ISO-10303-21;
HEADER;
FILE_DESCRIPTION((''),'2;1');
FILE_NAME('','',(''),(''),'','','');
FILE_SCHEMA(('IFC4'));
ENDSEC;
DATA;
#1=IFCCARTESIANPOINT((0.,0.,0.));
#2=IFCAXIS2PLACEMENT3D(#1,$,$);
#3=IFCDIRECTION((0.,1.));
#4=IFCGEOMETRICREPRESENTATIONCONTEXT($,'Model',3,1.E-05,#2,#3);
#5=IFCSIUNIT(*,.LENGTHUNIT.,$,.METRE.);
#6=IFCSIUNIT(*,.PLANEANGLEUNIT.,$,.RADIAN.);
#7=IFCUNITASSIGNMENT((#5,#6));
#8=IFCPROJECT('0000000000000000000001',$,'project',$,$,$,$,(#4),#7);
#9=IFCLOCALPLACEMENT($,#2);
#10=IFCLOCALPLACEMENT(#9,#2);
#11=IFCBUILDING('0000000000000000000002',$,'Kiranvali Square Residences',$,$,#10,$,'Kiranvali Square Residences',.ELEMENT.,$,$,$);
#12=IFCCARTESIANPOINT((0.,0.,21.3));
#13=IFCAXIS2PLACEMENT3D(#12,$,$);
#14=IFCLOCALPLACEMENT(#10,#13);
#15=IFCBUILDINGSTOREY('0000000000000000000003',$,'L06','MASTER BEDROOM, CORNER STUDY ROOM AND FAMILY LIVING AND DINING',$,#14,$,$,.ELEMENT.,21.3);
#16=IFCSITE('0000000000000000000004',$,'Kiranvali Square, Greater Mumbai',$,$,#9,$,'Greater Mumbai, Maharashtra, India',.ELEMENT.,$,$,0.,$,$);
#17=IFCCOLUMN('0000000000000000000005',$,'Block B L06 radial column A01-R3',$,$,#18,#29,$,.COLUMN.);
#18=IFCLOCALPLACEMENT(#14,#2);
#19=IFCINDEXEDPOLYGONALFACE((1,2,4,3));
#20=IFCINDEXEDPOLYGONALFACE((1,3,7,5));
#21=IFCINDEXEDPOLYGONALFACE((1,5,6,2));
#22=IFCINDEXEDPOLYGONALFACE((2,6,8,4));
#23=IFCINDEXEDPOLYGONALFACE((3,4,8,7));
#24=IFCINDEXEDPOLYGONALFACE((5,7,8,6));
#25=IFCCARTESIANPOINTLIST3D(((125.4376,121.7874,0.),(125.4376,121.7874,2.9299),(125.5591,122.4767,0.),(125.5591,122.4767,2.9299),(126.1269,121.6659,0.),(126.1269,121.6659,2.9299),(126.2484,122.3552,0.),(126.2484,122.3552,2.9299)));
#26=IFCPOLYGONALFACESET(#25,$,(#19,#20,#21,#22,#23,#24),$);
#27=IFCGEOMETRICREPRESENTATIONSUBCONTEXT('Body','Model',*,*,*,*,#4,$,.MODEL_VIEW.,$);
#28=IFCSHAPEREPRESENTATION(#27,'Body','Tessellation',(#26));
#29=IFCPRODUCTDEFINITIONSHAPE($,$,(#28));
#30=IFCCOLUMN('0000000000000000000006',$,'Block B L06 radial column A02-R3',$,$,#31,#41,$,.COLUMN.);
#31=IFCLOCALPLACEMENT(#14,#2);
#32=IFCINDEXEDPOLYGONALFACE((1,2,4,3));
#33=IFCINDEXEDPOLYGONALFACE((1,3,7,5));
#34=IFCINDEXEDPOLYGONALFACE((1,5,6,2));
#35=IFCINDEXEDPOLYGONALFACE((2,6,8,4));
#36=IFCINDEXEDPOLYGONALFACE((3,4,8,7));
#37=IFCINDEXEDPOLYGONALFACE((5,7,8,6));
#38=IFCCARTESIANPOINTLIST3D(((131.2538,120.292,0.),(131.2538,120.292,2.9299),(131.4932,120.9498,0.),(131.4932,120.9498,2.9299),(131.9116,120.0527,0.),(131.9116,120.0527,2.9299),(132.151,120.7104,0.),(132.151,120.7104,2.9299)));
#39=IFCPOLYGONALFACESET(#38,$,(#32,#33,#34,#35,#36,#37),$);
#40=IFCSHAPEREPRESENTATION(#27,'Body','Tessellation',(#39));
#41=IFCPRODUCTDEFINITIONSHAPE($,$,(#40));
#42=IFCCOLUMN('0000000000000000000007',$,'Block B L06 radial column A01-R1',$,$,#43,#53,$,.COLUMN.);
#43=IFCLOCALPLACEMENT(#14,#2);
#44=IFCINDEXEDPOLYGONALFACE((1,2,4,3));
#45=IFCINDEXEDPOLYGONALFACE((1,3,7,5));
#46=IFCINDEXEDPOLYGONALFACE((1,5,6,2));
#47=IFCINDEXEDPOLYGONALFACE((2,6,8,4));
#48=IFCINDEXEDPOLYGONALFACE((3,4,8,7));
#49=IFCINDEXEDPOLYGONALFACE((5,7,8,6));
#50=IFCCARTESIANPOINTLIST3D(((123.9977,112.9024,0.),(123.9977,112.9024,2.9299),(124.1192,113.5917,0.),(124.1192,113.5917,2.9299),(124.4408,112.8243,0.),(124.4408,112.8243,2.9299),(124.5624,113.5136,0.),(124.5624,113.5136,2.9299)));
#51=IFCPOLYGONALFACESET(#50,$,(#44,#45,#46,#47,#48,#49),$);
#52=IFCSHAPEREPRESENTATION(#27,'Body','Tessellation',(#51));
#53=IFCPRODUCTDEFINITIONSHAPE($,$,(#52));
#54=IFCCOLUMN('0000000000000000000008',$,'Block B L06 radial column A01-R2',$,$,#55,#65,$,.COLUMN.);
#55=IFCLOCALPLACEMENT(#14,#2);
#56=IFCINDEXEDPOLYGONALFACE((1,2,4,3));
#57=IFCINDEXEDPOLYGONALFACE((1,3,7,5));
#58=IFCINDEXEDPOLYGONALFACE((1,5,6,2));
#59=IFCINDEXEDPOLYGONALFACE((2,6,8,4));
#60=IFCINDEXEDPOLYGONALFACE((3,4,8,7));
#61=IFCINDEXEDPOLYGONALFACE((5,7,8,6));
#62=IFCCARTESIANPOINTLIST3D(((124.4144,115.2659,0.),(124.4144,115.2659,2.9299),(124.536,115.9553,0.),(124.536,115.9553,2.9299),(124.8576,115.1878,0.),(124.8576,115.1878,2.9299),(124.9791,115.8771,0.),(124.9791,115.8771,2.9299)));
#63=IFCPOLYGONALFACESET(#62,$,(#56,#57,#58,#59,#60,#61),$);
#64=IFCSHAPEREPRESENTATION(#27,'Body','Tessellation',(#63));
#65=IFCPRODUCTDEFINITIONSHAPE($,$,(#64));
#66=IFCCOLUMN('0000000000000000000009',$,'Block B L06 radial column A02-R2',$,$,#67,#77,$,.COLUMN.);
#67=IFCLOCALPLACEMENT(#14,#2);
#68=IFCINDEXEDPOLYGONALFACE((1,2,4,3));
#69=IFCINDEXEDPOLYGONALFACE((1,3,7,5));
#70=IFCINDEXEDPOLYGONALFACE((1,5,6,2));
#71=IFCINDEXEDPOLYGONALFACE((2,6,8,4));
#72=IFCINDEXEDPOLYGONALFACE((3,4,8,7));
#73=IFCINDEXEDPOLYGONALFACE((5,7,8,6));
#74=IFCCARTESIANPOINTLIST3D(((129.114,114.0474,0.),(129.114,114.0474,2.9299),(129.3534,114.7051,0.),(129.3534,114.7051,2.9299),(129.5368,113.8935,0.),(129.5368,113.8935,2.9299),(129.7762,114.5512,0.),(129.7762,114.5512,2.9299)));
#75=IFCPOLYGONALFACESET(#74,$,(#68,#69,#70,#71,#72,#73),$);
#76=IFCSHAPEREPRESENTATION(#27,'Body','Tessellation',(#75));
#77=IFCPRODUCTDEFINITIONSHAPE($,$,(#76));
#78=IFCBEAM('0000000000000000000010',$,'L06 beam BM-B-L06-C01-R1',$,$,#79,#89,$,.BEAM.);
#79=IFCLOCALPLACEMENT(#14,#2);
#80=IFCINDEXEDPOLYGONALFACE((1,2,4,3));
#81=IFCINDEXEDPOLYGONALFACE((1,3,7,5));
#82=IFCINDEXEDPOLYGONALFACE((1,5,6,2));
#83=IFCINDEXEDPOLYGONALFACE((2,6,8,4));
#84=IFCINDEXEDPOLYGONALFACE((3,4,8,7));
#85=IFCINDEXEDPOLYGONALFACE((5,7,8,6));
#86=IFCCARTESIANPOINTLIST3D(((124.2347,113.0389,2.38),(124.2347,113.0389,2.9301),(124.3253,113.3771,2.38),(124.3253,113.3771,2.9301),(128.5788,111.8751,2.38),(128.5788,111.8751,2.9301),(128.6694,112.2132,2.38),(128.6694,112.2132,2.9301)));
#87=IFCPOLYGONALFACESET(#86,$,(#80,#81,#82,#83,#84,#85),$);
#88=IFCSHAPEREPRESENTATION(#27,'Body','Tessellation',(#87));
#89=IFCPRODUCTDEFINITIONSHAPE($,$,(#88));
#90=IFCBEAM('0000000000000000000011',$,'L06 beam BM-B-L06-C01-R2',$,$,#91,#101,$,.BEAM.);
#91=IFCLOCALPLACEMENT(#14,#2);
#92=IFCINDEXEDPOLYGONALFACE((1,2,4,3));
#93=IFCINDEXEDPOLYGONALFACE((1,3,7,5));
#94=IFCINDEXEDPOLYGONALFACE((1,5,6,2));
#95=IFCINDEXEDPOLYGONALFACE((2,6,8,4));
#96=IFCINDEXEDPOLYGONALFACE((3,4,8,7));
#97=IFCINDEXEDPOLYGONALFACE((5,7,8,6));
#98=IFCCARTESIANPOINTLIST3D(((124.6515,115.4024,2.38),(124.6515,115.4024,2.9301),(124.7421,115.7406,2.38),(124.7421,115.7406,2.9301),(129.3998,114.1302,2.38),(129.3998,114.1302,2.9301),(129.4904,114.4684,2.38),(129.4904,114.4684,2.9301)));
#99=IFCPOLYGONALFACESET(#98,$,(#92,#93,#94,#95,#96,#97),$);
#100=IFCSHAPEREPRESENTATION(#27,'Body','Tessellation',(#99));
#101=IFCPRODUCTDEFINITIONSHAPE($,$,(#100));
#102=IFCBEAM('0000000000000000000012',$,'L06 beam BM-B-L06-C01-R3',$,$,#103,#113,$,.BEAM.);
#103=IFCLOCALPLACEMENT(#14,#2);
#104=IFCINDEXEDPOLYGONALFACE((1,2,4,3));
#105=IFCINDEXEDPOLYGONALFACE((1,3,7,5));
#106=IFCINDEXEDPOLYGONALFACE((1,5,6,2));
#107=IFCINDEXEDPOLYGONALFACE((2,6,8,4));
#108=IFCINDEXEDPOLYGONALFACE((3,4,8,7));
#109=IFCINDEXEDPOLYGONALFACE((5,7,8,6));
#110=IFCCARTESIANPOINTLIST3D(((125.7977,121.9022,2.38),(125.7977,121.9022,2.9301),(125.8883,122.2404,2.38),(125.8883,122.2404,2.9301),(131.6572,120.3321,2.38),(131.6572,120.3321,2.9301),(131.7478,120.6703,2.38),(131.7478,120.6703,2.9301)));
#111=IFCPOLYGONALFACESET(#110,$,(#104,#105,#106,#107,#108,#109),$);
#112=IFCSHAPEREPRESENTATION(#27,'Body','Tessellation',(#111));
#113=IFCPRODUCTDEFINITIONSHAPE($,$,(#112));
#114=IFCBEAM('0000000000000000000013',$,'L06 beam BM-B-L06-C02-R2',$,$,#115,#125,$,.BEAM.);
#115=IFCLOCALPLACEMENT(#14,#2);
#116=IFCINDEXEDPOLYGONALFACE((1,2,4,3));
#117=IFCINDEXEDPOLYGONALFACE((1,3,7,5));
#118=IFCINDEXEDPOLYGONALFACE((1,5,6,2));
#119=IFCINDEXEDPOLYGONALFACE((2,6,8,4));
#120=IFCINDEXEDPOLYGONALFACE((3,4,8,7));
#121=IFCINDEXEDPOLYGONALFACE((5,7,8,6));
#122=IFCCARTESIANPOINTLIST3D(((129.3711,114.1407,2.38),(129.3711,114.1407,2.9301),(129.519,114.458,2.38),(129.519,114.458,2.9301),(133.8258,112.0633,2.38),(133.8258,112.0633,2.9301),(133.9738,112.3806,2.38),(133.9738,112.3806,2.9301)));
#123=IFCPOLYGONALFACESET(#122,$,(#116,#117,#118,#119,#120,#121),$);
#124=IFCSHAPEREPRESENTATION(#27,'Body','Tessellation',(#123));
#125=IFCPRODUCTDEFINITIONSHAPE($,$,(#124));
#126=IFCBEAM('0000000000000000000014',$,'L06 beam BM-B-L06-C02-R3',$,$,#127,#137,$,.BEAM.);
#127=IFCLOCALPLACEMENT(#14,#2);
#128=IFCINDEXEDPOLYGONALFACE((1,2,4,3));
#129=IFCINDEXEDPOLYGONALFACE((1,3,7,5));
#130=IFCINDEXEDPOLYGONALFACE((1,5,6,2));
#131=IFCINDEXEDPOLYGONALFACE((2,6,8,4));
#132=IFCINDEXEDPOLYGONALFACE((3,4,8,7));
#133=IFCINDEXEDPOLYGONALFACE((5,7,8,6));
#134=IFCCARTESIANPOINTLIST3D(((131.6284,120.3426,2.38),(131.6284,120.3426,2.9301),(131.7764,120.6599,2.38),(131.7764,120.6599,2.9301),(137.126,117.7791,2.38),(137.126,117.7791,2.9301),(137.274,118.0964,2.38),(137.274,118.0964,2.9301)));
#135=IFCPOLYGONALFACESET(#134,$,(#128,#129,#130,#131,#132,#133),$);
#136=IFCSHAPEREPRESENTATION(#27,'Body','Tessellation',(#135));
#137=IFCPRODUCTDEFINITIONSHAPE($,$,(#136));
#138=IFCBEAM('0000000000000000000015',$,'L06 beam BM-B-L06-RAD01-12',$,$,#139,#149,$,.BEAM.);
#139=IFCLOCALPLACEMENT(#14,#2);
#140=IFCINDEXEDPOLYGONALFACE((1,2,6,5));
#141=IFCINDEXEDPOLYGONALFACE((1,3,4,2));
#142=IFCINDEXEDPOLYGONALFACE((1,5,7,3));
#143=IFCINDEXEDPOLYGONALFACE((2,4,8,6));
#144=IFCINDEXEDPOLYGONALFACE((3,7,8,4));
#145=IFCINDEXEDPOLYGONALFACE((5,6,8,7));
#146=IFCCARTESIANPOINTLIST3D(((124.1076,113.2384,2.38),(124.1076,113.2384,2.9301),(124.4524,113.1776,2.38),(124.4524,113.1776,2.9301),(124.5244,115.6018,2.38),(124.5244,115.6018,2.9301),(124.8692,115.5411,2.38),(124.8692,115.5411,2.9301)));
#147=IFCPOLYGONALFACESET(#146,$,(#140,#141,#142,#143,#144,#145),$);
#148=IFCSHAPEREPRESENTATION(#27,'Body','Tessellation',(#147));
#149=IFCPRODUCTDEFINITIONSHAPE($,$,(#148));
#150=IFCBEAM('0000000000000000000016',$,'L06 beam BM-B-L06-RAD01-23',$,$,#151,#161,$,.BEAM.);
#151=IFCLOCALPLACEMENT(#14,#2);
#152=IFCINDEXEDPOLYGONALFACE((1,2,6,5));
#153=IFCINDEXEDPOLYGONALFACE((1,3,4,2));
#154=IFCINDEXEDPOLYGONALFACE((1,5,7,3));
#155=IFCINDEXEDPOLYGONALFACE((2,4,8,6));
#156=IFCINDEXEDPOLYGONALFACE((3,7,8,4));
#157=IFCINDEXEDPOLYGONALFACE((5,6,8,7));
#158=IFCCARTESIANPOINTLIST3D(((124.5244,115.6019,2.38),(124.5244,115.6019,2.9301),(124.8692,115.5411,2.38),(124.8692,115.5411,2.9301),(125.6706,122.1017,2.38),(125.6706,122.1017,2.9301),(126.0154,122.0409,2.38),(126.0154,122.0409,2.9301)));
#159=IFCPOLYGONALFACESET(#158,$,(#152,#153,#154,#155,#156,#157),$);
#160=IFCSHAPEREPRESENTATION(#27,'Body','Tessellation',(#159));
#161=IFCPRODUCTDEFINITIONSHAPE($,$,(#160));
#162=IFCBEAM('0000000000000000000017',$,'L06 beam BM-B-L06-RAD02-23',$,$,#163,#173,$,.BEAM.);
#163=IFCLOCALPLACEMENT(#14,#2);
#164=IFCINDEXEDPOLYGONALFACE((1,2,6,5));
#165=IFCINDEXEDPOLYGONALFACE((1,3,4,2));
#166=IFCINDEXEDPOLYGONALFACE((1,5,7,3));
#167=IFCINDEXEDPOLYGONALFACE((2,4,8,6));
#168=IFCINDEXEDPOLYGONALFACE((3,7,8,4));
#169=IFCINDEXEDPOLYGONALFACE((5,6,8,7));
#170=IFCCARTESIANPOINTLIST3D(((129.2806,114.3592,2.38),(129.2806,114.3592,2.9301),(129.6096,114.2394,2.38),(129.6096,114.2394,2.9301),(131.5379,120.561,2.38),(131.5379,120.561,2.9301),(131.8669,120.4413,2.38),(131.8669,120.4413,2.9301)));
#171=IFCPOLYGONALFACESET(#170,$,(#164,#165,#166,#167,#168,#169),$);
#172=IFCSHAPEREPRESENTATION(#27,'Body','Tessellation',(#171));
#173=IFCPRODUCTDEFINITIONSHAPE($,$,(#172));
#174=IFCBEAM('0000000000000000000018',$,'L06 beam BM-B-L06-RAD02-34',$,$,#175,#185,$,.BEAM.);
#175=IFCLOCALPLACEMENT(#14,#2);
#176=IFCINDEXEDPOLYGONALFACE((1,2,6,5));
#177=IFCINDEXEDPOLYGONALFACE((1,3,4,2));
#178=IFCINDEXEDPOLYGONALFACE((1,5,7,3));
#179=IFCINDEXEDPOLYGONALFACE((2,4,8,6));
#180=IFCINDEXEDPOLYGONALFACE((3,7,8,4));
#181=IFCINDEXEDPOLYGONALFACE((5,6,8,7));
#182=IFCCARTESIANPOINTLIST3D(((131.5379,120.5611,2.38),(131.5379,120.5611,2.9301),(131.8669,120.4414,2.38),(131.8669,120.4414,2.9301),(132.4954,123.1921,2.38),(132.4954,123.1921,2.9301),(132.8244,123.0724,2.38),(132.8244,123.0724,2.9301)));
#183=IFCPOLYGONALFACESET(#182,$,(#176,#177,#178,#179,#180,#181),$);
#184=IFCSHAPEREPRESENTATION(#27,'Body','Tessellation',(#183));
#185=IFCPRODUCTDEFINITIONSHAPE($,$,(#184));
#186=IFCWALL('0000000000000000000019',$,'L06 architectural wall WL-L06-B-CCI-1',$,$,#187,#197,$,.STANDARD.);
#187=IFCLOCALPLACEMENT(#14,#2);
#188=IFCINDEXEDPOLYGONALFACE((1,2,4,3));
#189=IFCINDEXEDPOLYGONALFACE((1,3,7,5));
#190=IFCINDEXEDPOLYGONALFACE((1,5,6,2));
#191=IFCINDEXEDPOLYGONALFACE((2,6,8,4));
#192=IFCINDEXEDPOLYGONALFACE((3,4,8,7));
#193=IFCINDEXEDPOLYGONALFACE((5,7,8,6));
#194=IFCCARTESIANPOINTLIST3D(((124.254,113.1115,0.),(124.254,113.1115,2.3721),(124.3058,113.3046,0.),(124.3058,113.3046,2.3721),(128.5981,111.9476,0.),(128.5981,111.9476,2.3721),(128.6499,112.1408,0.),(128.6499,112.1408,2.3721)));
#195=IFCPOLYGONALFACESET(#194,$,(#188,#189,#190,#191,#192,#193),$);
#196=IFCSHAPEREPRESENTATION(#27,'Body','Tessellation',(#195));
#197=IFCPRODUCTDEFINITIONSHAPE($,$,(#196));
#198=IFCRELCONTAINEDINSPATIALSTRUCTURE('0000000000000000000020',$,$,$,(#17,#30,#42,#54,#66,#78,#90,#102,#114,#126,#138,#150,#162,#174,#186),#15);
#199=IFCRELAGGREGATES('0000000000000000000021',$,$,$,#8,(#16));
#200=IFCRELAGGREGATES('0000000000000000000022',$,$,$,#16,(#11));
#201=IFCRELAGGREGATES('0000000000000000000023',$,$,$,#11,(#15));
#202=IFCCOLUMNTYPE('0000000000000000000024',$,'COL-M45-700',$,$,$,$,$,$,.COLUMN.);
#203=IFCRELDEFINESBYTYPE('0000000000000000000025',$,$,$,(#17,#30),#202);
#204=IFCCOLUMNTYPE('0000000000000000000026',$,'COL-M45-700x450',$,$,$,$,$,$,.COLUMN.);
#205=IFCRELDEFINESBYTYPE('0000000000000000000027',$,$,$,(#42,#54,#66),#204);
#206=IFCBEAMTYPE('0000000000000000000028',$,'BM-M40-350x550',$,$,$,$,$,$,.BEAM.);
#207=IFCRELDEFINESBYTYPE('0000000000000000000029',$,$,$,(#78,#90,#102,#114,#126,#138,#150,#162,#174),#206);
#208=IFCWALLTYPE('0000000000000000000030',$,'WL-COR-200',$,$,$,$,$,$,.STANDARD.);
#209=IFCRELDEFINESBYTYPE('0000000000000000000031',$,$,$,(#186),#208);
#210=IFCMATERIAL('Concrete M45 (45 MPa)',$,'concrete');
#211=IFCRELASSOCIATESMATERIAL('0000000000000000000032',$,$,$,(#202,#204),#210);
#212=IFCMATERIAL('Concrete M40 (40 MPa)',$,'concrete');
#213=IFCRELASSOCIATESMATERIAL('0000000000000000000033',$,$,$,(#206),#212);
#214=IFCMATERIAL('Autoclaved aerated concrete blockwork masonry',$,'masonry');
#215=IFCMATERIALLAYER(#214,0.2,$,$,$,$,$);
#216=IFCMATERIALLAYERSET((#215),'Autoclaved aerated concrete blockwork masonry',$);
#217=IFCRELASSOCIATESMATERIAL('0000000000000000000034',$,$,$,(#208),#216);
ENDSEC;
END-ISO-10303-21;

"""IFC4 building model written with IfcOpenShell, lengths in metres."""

from ifc_helpers import new_model, si_unit, direction, frame, frame_2d, origin, origin_2d, place, context, subcontext, project, spatial, rectangle, extrude, material, layer, layer_set, material_profile, profile_set, type_object, element, save


model = new_model("IFC4")

# Units and contexts
model_context = context("Model", 3, precision=1e-05, world=origin(), true_north=direction((0.0, 1.0)))
body_context = subcontext(model_context, "Body", "Model", "MODEL_VIEW")
ifc_project = project(units=[si_unit("LENGTHUNIT", "METRE"), si_unit("PLANEANGLEUNIT", "RADIAN")], contexts=[model_context])

# Site, building, storey
site_placement = place(None, origin())
site = spatial("IfcSite", under=ifc_project, at=site_placement, Name="Kiranvali Square, Greater Mumbai", LongName="Greater Mumbai, Maharashtra, India", CompositionType="ELEMENT", RefElevation=0.0)
building_placement = place(site_placement, origin())
building = spatial("IfcBuilding", under=site, at=building_placement, Name="Kiranvali Square Residences", LongName="Kiranvali Square Residences", CompositionType="ELEMENT")
storey_placement = place(building_placement, frame((0.0, 0.0, 21.3)))
storey = spatial("IfcBuildingStorey", under=building, at=storey_placement, Name="L06", Description="MASTER BEDROOM, CORNER STUDY ROOM AND FAMILY LIVING AND DINING", CompositionType="ELEMENT", Elevation=21.3)

# Columns
ifc_material_1 = material(Name="Concrete M45 (45 MPa)", Category="concrete")
ifc_material_profile_1 = material_profile(ifc_material_1, rectangle(XDim=0.7, YDim=0.7, at=origin_2d()), Name="RC 700x700")
ifc_profile_set_1 = profile_set([ifc_material_profile_1], Name="Concrete M45 (45 MPa)")
column_type_1 = type_object("IfcColumnType", Name="COL-M45-700", PredefinedType="COLUMN", material=ifc_profile_set_1)
for number, where, z_axis, x_axis, name in (
    (1, (125.843, 122.0713, 0.0), (0.0, 0.0, 1.0), (-0.984808, 0.173648, 0.0), "Block B L06 radial column A01-R3"),
    (2, (131.7024, 120.5012, 0.0), (0.0, 0.0, 1.0), (-0.939693, 0.34202, 0.0), "Block B L06 radial column A02-R3"),
):
    element("IfcColumn", number, at=place(storey_placement, frame(where, z_axis=z_axis, x_axis=x_axis)), inside=storey, type_object=column_type_1, Name=name, PredefinedType="COLUMN", context=body_context, shape_type="SweptSolid", body=[
        extrude(rectangle(XDim=0.7, YDim=0.7, at=origin_2d()), origin(), (0.0, 0.0, 1.0), 2.9299),
    ])
ifc_material_profile_2 = material_profile(ifc_material_1, rectangle(XDim=0.45, YDim=0.7, at=origin_2d()), Name="RC 700x450")
ifc_profile_set_2 = profile_set([ifc_material_profile_2], Name="Concrete M45 (45 MPa)")
column_type_2 = type_object("IfcColumnType", Name="COL-M45-700x450", PredefinedType="COLUMN", material=ifc_profile_set_2)
for number, where, z_axis, x_axis, name in (
    (3, (124.28, 113.208, 0.0), (0.0, 0.0, 1.0), (-0.984808, 0.173648, 0.0), "Block B L06 radial column A01-R1"),
    (4, (124.6968, 115.5715, 0.0), (0.0, 0.0, 1.0), (-0.984808, 0.173648, 0.0), "Block B L06 radial column A01-R2"),
    (5, (129.4451, 114.2993, 0.0), (0.0, 0.0, 1.0), (-0.939693, 0.34202, 0.0), "Block B L06 radial column A02-R2"),
):
    element("IfcColumn", number, at=place(storey_placement, frame(where, z_axis=z_axis, x_axis=x_axis)), inside=storey, type_object=column_type_2, Name=name, PredefinedType="COLUMN", context=body_context, shape_type="SweptSolid", body=[
        extrude(rectangle(XDim=0.45, YDim=0.7, at=origin_2d()), origin(), (0.0, 0.0, 1.0), 2.9299),
    ])

# Beams
ifc_material_2 = material(Name="Concrete M40 (40 MPa)", Category="concrete")
ifc_material_profile_3 = material_profile(ifc_material_2, rectangle(XDim=0.3501, YDim=0.55, at=origin_2d()), Name="RC 350x550")
ifc_profile_set_3 = profile_set([ifc_material_profile_3], Name="Concrete M40 (40 MPa)")
beam_type = type_object("IfcBeamType", Name="BM-M40-350x550", PredefinedType="BEAM", material=ifc_profile_set_3)
beam_1_placement = place(storey_placement, frame((124.28, 113.208, 2.655), z_axis=(0.965934, -0.258788, 0.0), x_axis=(0.258788, 0.965934, 0.0)))
element("IfcBeam", 6, at=beam_1_placement, inside=storey, type_object=beam_type, Name="L06 beam BM-B-L06-C01-R1", PredefinedType="BEAM", context=body_context, shape_type="SweptSolid", body=[
    extrude(rectangle(XDim=0.3501, YDim=0.55, at=origin_2d()), origin(), (0.0, 0.0, 1.0), 4.4973),
])
beam_2_placement = place(storey_placement, frame((124.6968, 115.5715, 2.655), z_axis=(0.96593, -0.258803, 0.0), x_axis=(0.258803, 0.96593, 0.0)))
element("IfcBeam", 7, at=beam_2_placement, inside=storey, type_object=beam_type, Name="L06 beam BM-B-L06-C01-R2", PredefinedType="BEAM", context=body_context, shape_type="SweptSolid", body=[
    extrude(rectangle(XDim=0.3501, YDim=0.55, at=origin_2d()), origin(), (0.0, 0.0, 1.0), 4.9158),
])
beam_3_placement = place(storey_placement, frame((125.843, 122.0713, 2.655), z_axis=(0.965924, -0.258827, 0.0), x_axis=(0.258827, 0.965924, 0.0)))
element("IfcBeam", 8, at=beam_3_placement, inside=storey, type_object=beam_type, Name="L06 beam BM-B-L06-C01-R3", PredefinedType="BEAM", context=body_context, shape_type="SweptSolid", body=[
    extrude(rectangle(XDim=0.3501, YDim=0.55, at=origin_2d()), origin(), (0.0, 0.0, 1.0), 6.0662),
])
beam_4_placement = place(storey_placement, frame((129.4451, 114.2993, 2.655), z_axis=(0.906302, -0.42263, 0.0), x_axis=(0.42263, 0.906302, 0.0)))
element("IfcBeam", 9, at=beam_4_placement, inside=storey, type_object=beam_type, Name="L06 beam BM-B-L06-C02-R2", PredefinedType="BEAM", context=body_context, shape_type="SweptSolid", body=[
    extrude(rectangle(XDim=0.3501, YDim=0.55, at=origin_2d()), origin(), (0.0, 0.0, 1.0), 4.9153),
])
beam_5_placement = place(storey_placement, frame((131.7024, 120.5012, 2.655), z_axis=(0.906313, -0.422608, 0.0), x_axis=(0.422608, 0.906313, 0.0)))
element("IfcBeam", 10, at=beam_5_placement, inside=storey, type_object=beam_type, Name="L06 beam BM-B-L06-C02-R3", PredefinedType="BEAM", context=body_context, shape_type="SweptSolid", body=[
    extrude(rectangle(XDim=0.3501, YDim=0.55, at=origin_2d()), origin(), (0.0, 0.0, 1.0), 6.0659),
])
beam_6_placement = place(storey_placement, frame((124.28, 113.208, 2.655), z_axis=(0.173646, 0.984808, 0.0), x_axis=(-0.984808, 0.173646, 0.0)))
element("IfcBeam", 11, at=beam_6_placement, inside=storey, type_object=beam_type, Name="L06 beam BM-B-L06-RAD01-12", PredefinedType="BEAM", context=body_context, shape_type="SweptSolid", body=[
    extrude(rectangle(XDim=0.3501, YDim=0.55, at=origin_2d()), origin(), (0.0, 0.0, 1.0), 2.3999),
])
beam_7_placement = place(storey_placement, frame((124.6968, 115.5715, 2.655), z_axis=(0.173671, 0.984804, 0.0), x_axis=(-0.984804, 0.173671, 0.0)))
element("IfcBeam", 12, at=beam_7_placement, inside=storey, type_object=beam_type, Name="L06 beam BM-B-L06-RAD01-23", PredefinedType="BEAM", context=body_context, shape_type="SweptSolid", body=[
    extrude(rectangle(XDim=0.3501, YDim=0.55, at=origin_2d()), origin(), (0.0, 0.0, 1.0), 6.6001),
])
beam_8_placement = place(storey_placement, frame((129.4451, 114.2993, 2.655), z_axis=(0.342022, 0.939692, 0.0), x_axis=(-0.939692, 0.342022, 0.0)))
element("IfcBeam", 13, at=beam_8_placement, inside=storey, type_object=beam_type, Name="L06 beam BM-B-L06-RAD02-23", PredefinedType="BEAM", context=body_context, shape_type="SweptSolid", body=[
    extrude(rectangle(XDim=0.3501, YDim=0.55, at=origin_2d()), origin(), (0.0, 0.0, 1.0), 6.5999),
])
beam_9_placement = place(storey_placement, frame((131.7024, 120.5012, 2.655), z_axis=(0.341981, 0.939707, 0.0), x_axis=(-0.939707, 0.341981, 0.0)))
element("IfcBeam", 14, at=beam_9_placement, inside=storey, type_object=beam_type, Name="L06 beam BM-B-L06-RAD02-34", PredefinedType="BEAM", context=body_context, shape_type="SweptSolid", body=[
    extrude(rectangle(XDim=0.3501, YDim=0.55, at=origin_2d()), origin(), (0.0, 0.0, 1.0), 2.7998),
])

# Wall
ifc_material_3 = material(Name="Autoclaved aerated concrete blockwork masonry", Category="masonry")
ifc_layer_1 = layer(ifc_material_3, 0.2)
ifc_layer_set_1 = layer_set([ifc_layer_1], Name="Autoclaved aerated concrete blockwork masonry")
wall_type_1 = type_object("IfcWallType", Name="WL-COR-200", PredefinedType="STANDARD", material=ifc_layer_set_1)
wall_1_placement = place(storey_placement, frame((124.28, 113.208, 0.0), z_axis=(0.0, 0.0, 1.0), x_axis=(0.965934, -0.258788, 0.0)))
element("IfcWall", 15, at=wall_1_placement, inside=storey, type_object=wall_type_1, Name="L06 architectural wall WL-L06-B-CCI-1", PredefinedType="STANDARD", context=body_context, shape_type="SweptSolid", body=[
    extrude(rectangle(XDim=4.4973, YDim=0.2, at=frame_2d((2.2485, 0.0))), origin(), (0.0, 0.0, 1.0), 2.3721),
])

save(model, "model.ifc")
